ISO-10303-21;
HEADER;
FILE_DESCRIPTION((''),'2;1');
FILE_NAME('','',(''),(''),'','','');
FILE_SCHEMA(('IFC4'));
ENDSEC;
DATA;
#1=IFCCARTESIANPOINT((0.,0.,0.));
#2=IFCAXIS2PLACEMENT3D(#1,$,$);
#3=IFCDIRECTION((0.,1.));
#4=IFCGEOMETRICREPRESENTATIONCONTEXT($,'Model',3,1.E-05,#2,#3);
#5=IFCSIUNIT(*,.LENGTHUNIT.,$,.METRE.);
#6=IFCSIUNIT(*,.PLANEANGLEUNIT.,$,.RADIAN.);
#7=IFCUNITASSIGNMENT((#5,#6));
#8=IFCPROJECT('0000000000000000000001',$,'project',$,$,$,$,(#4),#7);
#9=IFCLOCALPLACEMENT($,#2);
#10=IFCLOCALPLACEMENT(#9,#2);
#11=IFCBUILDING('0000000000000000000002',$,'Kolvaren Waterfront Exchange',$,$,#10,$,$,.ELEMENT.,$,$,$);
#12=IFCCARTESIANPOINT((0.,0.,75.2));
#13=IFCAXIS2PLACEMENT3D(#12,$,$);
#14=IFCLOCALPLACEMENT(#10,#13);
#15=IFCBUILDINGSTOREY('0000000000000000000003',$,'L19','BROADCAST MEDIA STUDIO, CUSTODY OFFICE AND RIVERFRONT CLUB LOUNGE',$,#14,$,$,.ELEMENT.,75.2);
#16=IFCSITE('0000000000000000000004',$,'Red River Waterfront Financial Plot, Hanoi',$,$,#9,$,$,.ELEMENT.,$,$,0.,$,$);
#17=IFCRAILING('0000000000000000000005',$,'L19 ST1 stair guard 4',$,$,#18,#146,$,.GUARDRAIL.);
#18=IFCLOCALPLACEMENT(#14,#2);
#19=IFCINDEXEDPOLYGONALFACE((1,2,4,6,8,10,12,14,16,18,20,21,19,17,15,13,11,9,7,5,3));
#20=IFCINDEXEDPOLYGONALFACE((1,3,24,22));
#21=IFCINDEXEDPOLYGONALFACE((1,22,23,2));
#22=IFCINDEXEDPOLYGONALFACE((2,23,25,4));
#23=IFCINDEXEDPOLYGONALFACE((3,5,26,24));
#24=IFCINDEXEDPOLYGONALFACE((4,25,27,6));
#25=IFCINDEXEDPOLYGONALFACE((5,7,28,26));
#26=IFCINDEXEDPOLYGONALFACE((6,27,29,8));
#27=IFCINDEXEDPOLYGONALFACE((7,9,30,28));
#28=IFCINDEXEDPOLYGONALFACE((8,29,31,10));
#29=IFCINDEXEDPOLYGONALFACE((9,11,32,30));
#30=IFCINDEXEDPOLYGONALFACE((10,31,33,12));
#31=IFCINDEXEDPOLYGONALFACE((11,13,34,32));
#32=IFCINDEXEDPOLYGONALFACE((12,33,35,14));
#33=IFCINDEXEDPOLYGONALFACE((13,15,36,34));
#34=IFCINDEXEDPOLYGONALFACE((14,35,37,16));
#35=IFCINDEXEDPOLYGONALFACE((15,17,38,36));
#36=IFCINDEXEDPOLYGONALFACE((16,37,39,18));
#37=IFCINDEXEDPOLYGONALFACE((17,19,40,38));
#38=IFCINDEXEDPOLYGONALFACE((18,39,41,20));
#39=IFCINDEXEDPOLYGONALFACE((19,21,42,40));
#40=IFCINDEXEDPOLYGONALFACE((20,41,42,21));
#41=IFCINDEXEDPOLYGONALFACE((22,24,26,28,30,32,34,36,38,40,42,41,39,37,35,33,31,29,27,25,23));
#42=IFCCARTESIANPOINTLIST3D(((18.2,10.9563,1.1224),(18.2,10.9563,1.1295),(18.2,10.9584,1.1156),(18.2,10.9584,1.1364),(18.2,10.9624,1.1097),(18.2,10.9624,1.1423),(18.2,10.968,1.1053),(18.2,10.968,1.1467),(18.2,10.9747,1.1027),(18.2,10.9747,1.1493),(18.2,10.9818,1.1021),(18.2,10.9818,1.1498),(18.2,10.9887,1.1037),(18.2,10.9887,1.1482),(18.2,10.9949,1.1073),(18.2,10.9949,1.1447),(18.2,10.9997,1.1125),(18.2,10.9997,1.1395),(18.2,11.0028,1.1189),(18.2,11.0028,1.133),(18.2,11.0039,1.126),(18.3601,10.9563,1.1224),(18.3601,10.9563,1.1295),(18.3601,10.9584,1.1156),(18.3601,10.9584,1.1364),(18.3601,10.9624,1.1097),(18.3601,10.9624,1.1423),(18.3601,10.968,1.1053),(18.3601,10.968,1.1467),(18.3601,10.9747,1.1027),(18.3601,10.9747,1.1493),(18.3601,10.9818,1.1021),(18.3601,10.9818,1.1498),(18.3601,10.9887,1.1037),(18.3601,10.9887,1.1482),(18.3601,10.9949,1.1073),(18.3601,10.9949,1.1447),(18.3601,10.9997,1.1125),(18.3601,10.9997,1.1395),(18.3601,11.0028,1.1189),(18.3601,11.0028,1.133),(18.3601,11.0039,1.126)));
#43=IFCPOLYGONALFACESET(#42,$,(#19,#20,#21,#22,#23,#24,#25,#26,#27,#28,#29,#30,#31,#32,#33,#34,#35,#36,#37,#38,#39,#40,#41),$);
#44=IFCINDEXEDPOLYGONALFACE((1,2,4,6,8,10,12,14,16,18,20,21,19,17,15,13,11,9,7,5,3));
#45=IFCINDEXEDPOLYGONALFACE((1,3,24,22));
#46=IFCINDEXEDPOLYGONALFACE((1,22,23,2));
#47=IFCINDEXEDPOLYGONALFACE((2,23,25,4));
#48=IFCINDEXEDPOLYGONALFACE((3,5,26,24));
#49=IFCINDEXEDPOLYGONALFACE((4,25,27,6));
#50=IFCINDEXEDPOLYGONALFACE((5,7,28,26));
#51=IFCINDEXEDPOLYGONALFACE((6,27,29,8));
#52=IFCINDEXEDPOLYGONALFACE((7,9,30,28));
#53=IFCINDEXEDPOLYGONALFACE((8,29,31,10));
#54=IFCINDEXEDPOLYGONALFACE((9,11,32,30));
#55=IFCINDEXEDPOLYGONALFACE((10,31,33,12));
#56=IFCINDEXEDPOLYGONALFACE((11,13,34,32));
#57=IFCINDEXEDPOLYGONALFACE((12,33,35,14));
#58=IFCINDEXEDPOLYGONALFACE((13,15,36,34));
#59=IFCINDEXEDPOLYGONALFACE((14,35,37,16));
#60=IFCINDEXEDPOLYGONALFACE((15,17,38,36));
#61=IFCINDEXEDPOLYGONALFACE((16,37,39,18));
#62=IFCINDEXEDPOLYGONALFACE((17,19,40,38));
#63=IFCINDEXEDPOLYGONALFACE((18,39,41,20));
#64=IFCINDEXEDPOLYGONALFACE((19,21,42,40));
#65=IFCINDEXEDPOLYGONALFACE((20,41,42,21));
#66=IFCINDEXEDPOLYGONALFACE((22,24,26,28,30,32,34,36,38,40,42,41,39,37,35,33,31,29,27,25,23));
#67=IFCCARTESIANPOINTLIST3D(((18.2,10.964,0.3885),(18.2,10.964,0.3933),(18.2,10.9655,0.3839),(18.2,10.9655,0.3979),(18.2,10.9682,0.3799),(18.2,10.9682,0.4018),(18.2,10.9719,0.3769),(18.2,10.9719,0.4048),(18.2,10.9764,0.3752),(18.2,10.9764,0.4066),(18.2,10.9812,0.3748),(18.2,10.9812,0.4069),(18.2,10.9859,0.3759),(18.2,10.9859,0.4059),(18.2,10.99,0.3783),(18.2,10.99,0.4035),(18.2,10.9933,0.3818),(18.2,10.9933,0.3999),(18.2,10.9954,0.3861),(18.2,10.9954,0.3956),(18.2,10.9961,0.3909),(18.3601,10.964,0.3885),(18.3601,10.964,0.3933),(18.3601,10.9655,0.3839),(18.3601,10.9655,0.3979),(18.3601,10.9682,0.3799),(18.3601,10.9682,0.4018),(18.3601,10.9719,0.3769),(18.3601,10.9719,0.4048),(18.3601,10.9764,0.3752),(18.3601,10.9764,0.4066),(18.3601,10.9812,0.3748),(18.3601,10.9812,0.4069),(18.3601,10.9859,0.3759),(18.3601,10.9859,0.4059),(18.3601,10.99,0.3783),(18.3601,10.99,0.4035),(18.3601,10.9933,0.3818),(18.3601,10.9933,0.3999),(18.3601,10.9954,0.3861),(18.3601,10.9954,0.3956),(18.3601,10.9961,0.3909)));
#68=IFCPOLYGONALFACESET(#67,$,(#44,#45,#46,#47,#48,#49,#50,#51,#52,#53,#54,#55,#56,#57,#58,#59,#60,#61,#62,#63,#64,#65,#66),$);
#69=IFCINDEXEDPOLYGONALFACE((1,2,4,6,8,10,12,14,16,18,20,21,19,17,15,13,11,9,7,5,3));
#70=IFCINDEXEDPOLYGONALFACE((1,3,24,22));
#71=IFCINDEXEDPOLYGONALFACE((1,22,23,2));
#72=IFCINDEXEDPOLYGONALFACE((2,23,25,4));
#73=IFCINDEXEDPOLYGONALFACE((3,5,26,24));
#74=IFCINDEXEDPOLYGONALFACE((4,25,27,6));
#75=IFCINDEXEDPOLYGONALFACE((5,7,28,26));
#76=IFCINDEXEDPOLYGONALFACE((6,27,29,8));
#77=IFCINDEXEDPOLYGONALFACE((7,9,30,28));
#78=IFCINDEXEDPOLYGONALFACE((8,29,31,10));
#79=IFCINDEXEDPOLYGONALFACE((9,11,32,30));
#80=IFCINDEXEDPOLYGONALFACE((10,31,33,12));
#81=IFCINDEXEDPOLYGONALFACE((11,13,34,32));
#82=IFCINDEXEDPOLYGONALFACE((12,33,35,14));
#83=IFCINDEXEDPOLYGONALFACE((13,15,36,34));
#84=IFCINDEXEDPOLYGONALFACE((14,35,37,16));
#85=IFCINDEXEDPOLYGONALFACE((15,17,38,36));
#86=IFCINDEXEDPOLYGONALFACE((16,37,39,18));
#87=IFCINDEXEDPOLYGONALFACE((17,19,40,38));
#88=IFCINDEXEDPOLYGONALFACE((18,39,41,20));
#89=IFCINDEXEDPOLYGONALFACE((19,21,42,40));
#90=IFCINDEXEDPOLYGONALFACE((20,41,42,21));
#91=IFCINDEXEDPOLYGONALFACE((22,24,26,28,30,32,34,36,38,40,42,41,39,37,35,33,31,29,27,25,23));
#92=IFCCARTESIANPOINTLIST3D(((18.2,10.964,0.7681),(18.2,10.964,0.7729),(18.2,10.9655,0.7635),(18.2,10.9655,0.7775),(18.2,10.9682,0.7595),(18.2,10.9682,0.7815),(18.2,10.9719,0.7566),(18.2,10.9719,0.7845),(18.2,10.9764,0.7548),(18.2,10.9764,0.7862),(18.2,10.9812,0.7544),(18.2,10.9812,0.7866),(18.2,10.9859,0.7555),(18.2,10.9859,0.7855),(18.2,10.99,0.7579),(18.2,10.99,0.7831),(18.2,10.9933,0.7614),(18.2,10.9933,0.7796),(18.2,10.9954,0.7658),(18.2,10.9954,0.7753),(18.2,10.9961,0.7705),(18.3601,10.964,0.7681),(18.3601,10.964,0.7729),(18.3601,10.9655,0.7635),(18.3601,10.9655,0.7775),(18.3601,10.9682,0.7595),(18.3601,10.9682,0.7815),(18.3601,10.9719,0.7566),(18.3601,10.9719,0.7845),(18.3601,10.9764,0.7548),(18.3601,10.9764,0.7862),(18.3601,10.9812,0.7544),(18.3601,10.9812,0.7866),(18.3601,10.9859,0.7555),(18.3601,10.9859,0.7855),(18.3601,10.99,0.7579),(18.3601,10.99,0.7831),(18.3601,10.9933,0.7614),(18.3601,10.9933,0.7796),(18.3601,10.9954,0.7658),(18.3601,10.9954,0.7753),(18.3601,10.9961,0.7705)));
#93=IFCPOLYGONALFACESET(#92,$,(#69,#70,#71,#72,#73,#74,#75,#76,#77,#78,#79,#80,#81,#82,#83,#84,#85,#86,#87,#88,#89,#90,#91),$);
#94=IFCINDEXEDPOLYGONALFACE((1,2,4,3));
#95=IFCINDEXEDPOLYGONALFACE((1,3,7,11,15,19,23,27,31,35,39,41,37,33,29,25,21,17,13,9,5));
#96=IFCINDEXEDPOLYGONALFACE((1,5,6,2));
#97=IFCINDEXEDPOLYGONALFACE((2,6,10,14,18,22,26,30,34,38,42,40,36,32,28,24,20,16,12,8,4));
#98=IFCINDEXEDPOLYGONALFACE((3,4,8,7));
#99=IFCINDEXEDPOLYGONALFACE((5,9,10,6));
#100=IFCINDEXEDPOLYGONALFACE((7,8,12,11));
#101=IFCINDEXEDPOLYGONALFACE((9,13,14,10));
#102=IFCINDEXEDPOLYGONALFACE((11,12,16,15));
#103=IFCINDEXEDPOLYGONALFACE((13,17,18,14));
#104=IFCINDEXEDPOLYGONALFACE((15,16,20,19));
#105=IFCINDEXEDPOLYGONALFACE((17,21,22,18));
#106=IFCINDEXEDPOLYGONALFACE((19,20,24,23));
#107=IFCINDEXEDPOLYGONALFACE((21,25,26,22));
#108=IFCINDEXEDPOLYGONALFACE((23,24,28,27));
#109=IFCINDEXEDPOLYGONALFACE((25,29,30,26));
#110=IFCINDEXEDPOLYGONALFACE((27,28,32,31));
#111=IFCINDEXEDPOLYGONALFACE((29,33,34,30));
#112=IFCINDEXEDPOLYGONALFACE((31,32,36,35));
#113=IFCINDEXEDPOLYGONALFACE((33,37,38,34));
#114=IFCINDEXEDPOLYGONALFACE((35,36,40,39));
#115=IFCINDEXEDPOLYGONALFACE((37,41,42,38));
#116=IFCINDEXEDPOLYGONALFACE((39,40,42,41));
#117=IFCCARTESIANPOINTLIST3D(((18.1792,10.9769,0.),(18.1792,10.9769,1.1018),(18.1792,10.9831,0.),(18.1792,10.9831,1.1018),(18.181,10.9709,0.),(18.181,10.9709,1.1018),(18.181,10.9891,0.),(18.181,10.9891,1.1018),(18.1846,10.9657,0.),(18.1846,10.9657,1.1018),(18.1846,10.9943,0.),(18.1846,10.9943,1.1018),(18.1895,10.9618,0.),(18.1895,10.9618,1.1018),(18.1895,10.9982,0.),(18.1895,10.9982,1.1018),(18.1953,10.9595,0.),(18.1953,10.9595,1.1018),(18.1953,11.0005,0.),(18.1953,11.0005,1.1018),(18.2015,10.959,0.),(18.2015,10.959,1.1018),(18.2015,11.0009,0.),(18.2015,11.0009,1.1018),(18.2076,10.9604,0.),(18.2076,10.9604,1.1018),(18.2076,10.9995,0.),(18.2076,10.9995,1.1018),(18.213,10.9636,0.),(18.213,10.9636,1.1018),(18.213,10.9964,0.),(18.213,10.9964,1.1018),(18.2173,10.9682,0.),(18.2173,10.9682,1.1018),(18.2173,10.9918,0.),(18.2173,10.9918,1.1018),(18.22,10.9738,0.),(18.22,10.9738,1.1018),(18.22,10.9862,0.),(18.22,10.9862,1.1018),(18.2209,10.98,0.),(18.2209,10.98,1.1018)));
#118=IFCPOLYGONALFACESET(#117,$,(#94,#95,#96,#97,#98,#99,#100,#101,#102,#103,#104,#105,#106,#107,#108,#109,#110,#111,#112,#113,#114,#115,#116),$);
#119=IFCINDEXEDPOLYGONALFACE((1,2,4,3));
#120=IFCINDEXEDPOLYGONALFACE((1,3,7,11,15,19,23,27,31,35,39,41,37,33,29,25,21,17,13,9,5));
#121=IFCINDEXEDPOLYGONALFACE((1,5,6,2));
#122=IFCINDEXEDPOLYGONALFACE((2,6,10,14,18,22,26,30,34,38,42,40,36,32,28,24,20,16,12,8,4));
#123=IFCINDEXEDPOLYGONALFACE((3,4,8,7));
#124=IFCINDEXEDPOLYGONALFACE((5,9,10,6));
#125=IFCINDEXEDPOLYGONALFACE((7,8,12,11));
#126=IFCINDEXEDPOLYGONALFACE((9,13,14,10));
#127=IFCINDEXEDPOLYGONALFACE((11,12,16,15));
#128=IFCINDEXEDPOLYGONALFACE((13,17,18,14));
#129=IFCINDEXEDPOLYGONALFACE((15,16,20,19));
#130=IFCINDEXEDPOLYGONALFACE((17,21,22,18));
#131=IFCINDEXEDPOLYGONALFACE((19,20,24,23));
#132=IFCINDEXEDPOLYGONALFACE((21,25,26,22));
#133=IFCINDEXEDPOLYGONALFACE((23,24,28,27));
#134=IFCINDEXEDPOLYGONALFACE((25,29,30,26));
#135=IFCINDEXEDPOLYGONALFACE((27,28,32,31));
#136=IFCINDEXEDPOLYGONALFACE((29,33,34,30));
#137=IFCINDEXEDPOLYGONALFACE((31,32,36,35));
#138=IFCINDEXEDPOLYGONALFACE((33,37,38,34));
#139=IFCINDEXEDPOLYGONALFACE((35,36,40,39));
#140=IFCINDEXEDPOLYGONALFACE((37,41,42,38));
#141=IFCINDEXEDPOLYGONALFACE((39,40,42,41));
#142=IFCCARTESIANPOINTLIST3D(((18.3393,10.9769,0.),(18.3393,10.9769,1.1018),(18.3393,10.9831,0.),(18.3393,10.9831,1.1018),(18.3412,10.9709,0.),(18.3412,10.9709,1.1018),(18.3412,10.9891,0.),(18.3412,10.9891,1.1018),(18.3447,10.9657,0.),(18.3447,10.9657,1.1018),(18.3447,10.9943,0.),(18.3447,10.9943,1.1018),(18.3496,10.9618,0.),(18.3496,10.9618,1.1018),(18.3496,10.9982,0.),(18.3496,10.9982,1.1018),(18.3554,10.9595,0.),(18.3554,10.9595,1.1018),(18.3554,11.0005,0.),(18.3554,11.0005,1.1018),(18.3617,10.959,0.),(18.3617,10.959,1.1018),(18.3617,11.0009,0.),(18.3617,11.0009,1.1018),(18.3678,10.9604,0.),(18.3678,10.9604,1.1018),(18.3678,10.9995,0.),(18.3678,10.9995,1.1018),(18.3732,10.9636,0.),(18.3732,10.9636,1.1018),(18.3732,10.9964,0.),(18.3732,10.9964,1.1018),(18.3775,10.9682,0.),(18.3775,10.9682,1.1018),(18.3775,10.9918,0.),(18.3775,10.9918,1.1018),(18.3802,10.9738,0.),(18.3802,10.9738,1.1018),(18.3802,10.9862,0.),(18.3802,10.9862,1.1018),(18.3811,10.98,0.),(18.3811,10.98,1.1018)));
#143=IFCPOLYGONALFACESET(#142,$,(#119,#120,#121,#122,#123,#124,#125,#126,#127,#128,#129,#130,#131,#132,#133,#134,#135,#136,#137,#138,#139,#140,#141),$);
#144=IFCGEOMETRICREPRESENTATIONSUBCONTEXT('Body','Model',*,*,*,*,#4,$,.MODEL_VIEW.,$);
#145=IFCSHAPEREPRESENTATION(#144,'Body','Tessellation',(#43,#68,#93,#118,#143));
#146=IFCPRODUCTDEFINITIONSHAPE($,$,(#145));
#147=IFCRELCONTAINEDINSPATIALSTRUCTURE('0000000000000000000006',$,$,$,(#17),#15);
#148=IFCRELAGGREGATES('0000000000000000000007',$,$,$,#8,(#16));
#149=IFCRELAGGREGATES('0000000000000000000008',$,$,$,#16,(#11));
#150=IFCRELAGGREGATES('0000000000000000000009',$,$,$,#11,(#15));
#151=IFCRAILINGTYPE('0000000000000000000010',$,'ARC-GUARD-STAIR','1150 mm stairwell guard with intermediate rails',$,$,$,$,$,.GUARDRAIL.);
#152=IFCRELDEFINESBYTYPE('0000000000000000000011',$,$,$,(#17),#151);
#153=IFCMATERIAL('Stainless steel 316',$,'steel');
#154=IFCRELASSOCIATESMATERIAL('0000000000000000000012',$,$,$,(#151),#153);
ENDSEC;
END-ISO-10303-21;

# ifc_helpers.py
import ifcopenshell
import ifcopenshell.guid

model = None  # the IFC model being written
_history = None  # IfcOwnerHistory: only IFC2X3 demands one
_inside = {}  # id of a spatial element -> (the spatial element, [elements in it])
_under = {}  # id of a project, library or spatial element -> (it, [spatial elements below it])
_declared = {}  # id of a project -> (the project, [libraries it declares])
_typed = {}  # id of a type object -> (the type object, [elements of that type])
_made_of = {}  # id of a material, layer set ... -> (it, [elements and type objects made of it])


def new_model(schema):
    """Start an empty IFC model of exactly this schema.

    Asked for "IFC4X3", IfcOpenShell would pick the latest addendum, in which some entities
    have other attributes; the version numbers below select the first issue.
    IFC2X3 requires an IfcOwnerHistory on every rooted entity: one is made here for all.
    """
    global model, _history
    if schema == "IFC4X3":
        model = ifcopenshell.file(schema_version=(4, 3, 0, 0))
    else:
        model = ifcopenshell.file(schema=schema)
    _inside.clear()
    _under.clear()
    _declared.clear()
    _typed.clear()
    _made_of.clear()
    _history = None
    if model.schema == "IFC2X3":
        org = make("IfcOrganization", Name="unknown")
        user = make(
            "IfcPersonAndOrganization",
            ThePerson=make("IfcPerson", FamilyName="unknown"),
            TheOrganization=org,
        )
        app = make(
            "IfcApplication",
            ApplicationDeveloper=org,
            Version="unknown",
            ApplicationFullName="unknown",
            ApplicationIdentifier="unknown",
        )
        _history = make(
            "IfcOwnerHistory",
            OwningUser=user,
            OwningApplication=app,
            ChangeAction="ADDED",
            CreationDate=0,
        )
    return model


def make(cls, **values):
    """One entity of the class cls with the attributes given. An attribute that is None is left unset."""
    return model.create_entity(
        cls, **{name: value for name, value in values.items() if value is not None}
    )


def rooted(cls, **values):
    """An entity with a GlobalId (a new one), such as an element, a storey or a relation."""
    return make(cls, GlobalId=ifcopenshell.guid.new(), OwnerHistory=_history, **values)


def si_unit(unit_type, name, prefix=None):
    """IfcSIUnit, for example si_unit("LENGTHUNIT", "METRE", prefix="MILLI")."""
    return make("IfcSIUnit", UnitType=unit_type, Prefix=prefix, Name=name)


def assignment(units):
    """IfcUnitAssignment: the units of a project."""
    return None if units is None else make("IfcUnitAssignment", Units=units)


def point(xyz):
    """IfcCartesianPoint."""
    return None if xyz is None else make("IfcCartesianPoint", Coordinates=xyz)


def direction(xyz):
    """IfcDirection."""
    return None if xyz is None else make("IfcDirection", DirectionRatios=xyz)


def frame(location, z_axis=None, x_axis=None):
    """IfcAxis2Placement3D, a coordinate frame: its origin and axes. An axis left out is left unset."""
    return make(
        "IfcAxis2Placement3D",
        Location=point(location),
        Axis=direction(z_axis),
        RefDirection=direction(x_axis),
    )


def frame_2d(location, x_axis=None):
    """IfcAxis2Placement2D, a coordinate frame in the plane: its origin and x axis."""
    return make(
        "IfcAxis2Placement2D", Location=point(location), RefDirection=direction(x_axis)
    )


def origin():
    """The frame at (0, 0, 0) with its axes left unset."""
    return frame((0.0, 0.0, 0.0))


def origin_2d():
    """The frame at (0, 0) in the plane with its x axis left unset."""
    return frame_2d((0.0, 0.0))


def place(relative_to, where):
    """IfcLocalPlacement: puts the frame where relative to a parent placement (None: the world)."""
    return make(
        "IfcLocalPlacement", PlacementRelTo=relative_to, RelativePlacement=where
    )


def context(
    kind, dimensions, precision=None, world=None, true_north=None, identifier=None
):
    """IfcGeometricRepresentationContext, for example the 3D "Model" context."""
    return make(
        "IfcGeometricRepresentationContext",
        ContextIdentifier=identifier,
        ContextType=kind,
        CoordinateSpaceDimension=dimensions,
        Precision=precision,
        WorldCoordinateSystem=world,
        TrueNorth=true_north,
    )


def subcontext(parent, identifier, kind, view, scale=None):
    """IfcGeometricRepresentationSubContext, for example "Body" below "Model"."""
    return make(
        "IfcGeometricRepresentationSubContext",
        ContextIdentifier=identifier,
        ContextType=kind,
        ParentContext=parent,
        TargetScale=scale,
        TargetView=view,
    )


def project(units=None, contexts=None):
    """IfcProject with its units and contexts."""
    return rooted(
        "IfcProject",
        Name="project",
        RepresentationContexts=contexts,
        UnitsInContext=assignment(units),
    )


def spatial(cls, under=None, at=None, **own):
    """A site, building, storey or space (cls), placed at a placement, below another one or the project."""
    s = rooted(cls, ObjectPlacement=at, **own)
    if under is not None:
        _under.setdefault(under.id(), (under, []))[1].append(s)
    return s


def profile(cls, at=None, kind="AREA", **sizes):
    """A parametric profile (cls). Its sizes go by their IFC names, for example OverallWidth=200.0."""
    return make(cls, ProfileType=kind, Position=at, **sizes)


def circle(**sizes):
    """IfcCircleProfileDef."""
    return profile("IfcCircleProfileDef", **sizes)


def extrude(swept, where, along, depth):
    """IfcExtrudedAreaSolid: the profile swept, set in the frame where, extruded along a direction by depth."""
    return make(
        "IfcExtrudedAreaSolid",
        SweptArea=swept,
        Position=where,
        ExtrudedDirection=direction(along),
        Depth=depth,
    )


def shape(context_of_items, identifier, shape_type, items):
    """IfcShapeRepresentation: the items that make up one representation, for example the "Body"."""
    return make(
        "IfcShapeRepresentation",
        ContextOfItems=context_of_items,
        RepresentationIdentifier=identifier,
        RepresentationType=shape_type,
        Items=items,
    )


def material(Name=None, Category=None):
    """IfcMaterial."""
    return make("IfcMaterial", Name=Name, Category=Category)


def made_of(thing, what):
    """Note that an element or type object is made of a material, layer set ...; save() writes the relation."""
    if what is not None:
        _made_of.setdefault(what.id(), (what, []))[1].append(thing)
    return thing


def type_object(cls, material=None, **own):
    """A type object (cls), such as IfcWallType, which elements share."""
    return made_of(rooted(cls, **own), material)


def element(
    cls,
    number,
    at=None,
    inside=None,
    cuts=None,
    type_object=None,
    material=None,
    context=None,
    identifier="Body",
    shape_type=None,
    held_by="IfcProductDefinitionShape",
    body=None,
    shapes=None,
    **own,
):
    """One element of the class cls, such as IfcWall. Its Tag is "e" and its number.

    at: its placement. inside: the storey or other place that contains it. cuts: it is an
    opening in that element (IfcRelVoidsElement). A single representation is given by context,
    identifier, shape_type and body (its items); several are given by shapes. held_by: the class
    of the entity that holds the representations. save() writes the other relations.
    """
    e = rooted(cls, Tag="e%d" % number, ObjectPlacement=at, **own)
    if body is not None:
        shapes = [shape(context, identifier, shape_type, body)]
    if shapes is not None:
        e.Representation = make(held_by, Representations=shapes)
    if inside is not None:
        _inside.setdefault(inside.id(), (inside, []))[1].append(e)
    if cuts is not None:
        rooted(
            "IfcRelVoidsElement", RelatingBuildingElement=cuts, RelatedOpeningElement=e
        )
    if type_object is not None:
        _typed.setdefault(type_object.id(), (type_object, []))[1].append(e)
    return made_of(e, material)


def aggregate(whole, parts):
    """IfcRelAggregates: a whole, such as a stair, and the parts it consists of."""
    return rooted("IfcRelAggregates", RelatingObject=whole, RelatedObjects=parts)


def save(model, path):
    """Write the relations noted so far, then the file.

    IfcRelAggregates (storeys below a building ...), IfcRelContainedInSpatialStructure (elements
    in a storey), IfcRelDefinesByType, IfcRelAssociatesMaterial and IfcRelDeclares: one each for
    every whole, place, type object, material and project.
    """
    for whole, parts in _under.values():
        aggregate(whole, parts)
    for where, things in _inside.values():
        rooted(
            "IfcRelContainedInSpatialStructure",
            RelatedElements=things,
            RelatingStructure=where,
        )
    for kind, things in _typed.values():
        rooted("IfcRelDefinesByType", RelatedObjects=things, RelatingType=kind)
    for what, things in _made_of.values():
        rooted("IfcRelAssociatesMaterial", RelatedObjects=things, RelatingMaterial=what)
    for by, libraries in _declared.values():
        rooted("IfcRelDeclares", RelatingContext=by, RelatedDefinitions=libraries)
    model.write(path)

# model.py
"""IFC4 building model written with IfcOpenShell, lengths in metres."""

from ifc_helpers import new_model, si_unit, direction, frame, origin, origin_2d, place, context, subcontext, project, spatial, circle, extrude, material, type_object, element, save


model = new_model("IFC4")

# Units and contexts
model_context = context("Model", 3, precision=1e-05, world=origin(), true_north=direction((0.0, 1.0)))
body_context = subcontext(model_context, "Body", "Model", "MODEL_VIEW")
ifc_project = project(units=[si_unit("LENGTHUNIT", "METRE"), si_unit("PLANEANGLEUNIT", "RADIAN")], contexts=[model_context])

# Site, building, storey
site_placement = place(None, origin())
site = spatial("IfcSite", under=ifc_project, at=site_placement, Name="Red River Waterfront Financial Plot, Hanoi", CompositionType="ELEMENT", RefElevation=0.0)
building_placement = place(site_placement, origin())
building = spatial("IfcBuilding", under=site, at=building_placement, Name="Kolvaren Waterfront Exchange", CompositionType="ELEMENT")
storey_placement = place(building_placement, frame((0.0, 0.0, 75.2)))
storey = spatial("IfcBuildingStorey", under=building, at=storey_placement, Name="L19", Description="BROADCAST MEDIA STUDIO, CUSTODY OFFICE AND RIVERFRONT CLUB LOUNGE", CompositionType="ELEMENT", Elevation=75.2)

# Railing
ifc_material_1 = material(Name="Stainless steel 316", Category="steel")
railing_type_1 = type_object("IfcRailingType", Name="ARC-GUARD-STAIR", Description="1150 mm stairwell guard with intermediate rails", PredefinedType="GUARDRAIL", material=ifc_material_1)
railing_1_placement = place(storey_placement, frame((18.2, 10.98, 0.0)))
element("IfcRailing", 1, at=railing_1_placement, inside=storey, type_object=railing_type_1, Name="L19 ST1 stair guard 4", PredefinedType="GUARDRAIL", context=body_context, shape_type="SweptSolid", body=[
    extrude(circle(Radius=0.0239, at=origin_2d()), frame((0.0, 0.0, 1.126), z_axis=(1.0, 0.0, 0.0), x_axis=(0.0, 1.0, 0.0)), (0.0, 0.0, 1.0), 0.1602),
    extrude(circle(Radius=0.0161, at=origin_2d()), frame((0.0, 0.0, 0.3909), z_axis=(1.0, 0.0, 0.0), x_axis=(0.0, 1.0, 0.0)), (0.0, 0.0, 1.0), 0.1602),
    extrude(circle(Radius=0.0161, at=origin_2d()), frame((0.0, 0.0, 0.7705), z_axis=(1.0, 0.0, 0.0), x_axis=(0.0, 1.0, 0.0)), (0.0, 0.0, 1.0), 0.1602),
    extrude(circle(Radius=0.021, at=origin_2d()), origin(), (0.0, 0.0, 1.0), 1.1018),
    extrude(circle(Radius=0.021, at=origin_2d()), frame((0.1602, 0.0, 0.0)), (0.0, 0.0, 1.0), 1.1018),
])

save(model, "model.ifc")
